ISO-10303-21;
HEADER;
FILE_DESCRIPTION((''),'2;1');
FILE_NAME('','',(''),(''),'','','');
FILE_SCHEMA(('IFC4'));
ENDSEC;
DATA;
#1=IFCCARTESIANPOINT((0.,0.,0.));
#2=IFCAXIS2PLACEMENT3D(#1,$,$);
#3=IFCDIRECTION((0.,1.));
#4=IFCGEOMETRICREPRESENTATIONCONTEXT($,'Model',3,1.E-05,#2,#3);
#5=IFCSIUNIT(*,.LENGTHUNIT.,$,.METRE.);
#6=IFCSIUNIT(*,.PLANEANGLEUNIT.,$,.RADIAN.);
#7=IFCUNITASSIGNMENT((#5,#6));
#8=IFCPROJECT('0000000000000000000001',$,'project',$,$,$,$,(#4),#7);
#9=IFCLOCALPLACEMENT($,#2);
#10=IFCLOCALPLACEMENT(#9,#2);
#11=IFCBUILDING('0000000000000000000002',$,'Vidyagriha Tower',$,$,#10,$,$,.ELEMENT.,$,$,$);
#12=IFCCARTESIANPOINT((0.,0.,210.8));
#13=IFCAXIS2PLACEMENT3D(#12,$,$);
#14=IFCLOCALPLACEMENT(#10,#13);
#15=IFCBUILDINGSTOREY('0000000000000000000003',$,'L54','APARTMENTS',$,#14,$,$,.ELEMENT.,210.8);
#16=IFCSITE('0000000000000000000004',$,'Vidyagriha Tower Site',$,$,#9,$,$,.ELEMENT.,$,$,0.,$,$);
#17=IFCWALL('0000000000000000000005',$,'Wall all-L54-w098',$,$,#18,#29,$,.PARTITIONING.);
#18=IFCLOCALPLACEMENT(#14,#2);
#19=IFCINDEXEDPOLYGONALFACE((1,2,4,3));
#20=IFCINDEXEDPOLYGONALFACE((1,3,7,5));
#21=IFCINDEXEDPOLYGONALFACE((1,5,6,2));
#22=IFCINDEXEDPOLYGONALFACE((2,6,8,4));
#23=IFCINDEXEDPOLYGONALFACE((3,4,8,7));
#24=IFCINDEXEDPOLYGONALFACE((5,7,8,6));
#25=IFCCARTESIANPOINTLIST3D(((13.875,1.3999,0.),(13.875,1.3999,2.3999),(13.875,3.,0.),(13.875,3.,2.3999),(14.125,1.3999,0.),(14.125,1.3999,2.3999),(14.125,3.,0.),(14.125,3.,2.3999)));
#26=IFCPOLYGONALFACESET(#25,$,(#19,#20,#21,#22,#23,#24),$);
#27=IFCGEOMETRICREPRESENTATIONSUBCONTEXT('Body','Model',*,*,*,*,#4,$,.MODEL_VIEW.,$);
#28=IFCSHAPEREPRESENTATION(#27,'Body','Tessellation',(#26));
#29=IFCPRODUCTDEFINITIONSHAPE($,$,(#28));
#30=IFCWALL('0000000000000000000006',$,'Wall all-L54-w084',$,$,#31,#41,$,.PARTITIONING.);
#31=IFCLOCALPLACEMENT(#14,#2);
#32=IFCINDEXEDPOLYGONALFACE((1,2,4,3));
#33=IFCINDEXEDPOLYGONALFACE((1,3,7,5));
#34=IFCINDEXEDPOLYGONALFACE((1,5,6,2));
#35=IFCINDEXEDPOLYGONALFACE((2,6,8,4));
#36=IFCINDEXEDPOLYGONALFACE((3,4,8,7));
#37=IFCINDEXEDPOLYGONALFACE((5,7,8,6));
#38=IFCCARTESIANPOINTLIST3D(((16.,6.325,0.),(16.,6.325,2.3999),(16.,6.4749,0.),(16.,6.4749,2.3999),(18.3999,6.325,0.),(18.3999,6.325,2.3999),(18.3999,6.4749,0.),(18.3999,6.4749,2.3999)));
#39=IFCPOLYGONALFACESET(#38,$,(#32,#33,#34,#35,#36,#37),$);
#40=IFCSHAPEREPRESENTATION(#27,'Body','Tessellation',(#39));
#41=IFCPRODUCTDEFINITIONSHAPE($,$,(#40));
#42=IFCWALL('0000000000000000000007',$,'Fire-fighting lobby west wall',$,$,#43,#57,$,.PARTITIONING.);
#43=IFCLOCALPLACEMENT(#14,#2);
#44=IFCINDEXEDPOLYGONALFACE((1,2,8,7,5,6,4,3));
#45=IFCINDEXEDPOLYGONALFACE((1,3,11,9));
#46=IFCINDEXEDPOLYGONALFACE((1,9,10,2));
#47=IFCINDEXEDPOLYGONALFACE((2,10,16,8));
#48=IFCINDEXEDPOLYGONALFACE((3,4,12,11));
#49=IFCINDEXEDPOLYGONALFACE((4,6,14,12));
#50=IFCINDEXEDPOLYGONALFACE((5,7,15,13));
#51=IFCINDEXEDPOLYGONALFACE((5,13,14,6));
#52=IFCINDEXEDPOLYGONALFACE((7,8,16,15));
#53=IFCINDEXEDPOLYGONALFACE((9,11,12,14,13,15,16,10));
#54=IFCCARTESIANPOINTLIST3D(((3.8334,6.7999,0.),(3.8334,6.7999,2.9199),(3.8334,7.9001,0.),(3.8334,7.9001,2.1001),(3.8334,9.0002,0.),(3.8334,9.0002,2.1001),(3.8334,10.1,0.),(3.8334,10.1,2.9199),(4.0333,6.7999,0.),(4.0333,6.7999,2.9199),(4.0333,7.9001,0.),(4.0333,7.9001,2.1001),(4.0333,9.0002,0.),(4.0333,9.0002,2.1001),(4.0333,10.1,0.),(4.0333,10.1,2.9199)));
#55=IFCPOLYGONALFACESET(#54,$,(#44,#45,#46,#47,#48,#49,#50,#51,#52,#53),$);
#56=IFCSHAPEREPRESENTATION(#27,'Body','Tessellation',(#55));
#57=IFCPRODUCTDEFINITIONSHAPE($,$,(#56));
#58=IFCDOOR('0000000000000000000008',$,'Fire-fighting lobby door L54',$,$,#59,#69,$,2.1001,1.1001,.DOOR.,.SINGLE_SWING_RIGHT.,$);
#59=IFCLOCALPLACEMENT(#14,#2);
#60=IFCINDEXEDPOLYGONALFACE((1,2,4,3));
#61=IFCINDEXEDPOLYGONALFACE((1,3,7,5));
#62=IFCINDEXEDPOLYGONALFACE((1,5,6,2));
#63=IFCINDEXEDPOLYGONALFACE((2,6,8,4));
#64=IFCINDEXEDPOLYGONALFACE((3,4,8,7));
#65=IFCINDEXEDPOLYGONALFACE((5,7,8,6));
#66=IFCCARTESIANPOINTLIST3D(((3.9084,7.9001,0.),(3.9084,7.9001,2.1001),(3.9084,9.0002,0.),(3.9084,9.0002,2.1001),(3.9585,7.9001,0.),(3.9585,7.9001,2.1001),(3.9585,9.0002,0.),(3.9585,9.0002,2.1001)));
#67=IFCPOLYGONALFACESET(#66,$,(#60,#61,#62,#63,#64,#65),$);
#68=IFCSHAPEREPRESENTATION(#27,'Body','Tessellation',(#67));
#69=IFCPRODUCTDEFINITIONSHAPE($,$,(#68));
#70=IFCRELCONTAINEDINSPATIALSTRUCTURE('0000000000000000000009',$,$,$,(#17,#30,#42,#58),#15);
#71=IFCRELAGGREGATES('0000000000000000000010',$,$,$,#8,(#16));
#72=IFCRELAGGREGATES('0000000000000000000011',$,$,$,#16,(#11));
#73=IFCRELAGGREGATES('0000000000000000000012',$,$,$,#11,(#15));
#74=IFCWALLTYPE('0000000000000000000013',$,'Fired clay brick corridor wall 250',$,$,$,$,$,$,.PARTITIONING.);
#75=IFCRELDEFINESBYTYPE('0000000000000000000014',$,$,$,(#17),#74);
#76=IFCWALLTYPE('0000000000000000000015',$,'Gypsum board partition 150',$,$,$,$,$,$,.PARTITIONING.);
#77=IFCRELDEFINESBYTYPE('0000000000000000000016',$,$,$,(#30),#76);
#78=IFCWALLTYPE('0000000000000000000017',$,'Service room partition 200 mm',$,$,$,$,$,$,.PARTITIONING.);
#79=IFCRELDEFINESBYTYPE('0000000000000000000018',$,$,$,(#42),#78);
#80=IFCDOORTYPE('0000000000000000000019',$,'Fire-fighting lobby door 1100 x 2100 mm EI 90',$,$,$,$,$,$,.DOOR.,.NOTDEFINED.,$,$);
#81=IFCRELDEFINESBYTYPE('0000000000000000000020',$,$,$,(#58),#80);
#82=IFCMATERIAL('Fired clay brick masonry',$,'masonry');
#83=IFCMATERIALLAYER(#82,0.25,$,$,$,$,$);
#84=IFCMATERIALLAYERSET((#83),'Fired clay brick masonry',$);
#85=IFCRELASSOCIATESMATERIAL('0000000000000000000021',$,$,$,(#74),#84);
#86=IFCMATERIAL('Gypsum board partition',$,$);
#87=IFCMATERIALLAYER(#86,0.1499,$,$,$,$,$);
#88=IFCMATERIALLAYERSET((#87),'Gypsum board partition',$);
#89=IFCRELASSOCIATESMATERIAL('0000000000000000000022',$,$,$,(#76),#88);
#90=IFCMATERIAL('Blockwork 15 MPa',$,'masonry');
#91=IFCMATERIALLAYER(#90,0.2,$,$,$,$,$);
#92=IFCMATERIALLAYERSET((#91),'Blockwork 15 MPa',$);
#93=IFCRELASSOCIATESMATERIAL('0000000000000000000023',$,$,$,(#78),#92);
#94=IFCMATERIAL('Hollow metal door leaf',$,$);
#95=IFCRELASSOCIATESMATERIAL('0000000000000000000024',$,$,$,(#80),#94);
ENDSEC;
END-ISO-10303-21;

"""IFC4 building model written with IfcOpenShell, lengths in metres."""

from ifc_helpers import new_model, si_unit, direction, frame, frame_2d, origin, place, context, subcontext, project, spatial, rectangle, extrude, material, layer, layer_set, type_object, element, fill, save


model = new_model("IFC4")

# Units and contexts
model_context = context("Model", 3, precision=1e-05, world=origin(), true_north=direction((0.0, 1.0)))
body_context = subcontext(model_context, "Body", "Model", "MODEL_VIEW")
ifc_project = project(units=[si_unit("LENGTHUNIT", "METRE"), si_unit("PLANEANGLEUNIT", "RADIAN")], contexts=[model_context])

# Site, building, storey
site_placement = place(None, origin())
site = spatial("IfcSite", under=ifc_project, at=site_placement, Name="Vidyagriha Tower Site", CompositionType="ELEMENT", RefElevation=0.0)
building_placement = place(site_placement, origin())
building = spatial("IfcBuilding", under=site, at=building_placement, Name="Vidyagriha Tower", CompositionType="ELEMENT")
storey_placement = place(building_placement, frame((0.0, 0.0, 210.8)))
storey = spatial("IfcBuildingStorey", under=building, at=storey_placement, Name="L54", Description="APARTMENTS", CompositionType="ELEMENT", Elevation=210.8)

# Shared definitions
ifc_material_1 = material(Name="Fired clay brick masonry", Category="masonry")
ifc_layer_1 = layer(ifc_material_1, 0.25)
ifc_layer_set_1 = layer_set([ifc_layer_1], Name="Fired clay brick masonry")
wall_type_1 = type_object("IfcWallType", Name="Fired clay brick corridor wall 250", PredefinedType="PARTITIONING", material=ifc_layer_set_1)

# Walls
wall_1_placement = place(storey_placement, frame((14.0, 1.3999, 0.0), z_axis=(0.0, 0.0, 1.0), x_axis=(0.0, 1.0, 0.0)))
element("IfcWall", 1, at=wall_1_placement, inside=storey, type_object=wall_type_1, Name="Wall all-L54-w098", PredefinedType="PARTITIONING", context=body_context, shape_type="SweptSolid", body=[
    extrude(rectangle(XDim=1.6001, YDim=0.25, at=frame_2d((0.8, 0.0))), origin(), (0.0, 0.0, 1.0), 2.3999),
])
ifc_material_2 = material(Name="Gypsum board partition")
ifc_layer_2 = layer(ifc_material_2, 0.1499)
ifc_layer_set_2 = layer_set([ifc_layer_2], Name="Gypsum board partition")
wall_type_2 = type_object("IfcWallType", Name="Gypsum board partition 150", PredefinedType="PARTITIONING", material=ifc_layer_set_2)
wall_2_placement = place(storey_placement, frame((16.0, 6.3999, 0.0)))
element("IfcWall", 2, at=wall_2_placement, inside=storey, type_object=wall_type_2, Name="Wall all-L54-w084", PredefinedType="PARTITIONING", context=body_context, shape_type="SweptSolid", body=[
    extrude(rectangle(XDim=2.3999, YDim=0.1499, at=frame_2d((1.2, 0.0))), origin(), (0.0, 0.0, 1.0), 2.3999),
])

# Wall, opening, door
ifc_material_3 = material(Name="Blockwork 15 MPa", Category="masonry")
ifc_layer_3 = layer(ifc_material_3, 0.2)
ifc_layer_set_3 = layer_set([ifc_layer_3], Name="Blockwork 15 MPa")
wall_type_3 = type_object("IfcWallType", Name="Service room partition 200 mm", PredefinedType="PARTITIONING", material=ifc_layer_set_3)
wall_3_placement = place(storey_placement, frame((3.9333, 6.8, 0.0), z_axis=(0.0, 0.0, 1.0), x_axis=(0.0, 1.0, 0.0)))
wall_3 = element("IfcWall", 3, at=wall_3_placement, inside=storey, type_object=wall_type_3, Name="Fire-fighting lobby west wall", PredefinedType="PARTITIONING", context=body_context, shape_type="SweptSolid", body=[
    extrude(rectangle(XDim=3.3, YDim=0.2, at=frame_2d((1.6499, 0.0))), origin(), (0.0, 0.0, 1.0), 2.9199),
])
opening_1_placement = place(wall_3_placement, frame((1.1001, 0.0, 0.0)))
opening_1 = element("IfcOpeningElement", 4, at=opening_1_placement, cuts=wall_3, PredefinedType="OPENING", context=body_context, shape_type="SweptSolid", body=[
    extrude(rectangle(XDim=1.1001, YDim=2.1001, at=frame_2d((0.55, 1.05))), frame((0.0, 0.1099, 0.0), z_axis=(0.0, -1.0, 0.0), x_axis=(1.0, 0.0, 0.0)), (0.0, 0.0, 1.0), 0.22),
])
ifc_material_4 = material(Name="Hollow metal door leaf")
door_type_1 = type_object("IfcDoorType", Name="Fire-fighting lobby door 1100 x 2100 mm EI 90", OperationType="NOTDEFINED", PredefinedType="DOOR", material=ifc_material_4)
door_1_placement = place(opening_1_placement, origin())
door_1 = element("IfcDoor", 5, at=door_1_placement, inside=storey, type_object=door_type_1, Name="Fire-fighting lobby door L54", OperationType="SINGLE_SWING_RIGHT", OverallHeight=2.1001, OverallWidth=1.1001, PredefinedType="DOOR", context=body_context, shape_type="SweptSolid", body=[
    extrude(rectangle(XDim=1.1001, YDim=2.1001, at=frame_2d((0.55, 1.05))), frame((0.0, 0.0249, 0.0), z_axis=(0.0, -1.0, 0.0), x_axis=(1.0, 0.0, 0.0)), (0.0, 0.0, 1.0), 0.05),
])
fill(opening_1, door_1)

save(model, "model.ifc")
